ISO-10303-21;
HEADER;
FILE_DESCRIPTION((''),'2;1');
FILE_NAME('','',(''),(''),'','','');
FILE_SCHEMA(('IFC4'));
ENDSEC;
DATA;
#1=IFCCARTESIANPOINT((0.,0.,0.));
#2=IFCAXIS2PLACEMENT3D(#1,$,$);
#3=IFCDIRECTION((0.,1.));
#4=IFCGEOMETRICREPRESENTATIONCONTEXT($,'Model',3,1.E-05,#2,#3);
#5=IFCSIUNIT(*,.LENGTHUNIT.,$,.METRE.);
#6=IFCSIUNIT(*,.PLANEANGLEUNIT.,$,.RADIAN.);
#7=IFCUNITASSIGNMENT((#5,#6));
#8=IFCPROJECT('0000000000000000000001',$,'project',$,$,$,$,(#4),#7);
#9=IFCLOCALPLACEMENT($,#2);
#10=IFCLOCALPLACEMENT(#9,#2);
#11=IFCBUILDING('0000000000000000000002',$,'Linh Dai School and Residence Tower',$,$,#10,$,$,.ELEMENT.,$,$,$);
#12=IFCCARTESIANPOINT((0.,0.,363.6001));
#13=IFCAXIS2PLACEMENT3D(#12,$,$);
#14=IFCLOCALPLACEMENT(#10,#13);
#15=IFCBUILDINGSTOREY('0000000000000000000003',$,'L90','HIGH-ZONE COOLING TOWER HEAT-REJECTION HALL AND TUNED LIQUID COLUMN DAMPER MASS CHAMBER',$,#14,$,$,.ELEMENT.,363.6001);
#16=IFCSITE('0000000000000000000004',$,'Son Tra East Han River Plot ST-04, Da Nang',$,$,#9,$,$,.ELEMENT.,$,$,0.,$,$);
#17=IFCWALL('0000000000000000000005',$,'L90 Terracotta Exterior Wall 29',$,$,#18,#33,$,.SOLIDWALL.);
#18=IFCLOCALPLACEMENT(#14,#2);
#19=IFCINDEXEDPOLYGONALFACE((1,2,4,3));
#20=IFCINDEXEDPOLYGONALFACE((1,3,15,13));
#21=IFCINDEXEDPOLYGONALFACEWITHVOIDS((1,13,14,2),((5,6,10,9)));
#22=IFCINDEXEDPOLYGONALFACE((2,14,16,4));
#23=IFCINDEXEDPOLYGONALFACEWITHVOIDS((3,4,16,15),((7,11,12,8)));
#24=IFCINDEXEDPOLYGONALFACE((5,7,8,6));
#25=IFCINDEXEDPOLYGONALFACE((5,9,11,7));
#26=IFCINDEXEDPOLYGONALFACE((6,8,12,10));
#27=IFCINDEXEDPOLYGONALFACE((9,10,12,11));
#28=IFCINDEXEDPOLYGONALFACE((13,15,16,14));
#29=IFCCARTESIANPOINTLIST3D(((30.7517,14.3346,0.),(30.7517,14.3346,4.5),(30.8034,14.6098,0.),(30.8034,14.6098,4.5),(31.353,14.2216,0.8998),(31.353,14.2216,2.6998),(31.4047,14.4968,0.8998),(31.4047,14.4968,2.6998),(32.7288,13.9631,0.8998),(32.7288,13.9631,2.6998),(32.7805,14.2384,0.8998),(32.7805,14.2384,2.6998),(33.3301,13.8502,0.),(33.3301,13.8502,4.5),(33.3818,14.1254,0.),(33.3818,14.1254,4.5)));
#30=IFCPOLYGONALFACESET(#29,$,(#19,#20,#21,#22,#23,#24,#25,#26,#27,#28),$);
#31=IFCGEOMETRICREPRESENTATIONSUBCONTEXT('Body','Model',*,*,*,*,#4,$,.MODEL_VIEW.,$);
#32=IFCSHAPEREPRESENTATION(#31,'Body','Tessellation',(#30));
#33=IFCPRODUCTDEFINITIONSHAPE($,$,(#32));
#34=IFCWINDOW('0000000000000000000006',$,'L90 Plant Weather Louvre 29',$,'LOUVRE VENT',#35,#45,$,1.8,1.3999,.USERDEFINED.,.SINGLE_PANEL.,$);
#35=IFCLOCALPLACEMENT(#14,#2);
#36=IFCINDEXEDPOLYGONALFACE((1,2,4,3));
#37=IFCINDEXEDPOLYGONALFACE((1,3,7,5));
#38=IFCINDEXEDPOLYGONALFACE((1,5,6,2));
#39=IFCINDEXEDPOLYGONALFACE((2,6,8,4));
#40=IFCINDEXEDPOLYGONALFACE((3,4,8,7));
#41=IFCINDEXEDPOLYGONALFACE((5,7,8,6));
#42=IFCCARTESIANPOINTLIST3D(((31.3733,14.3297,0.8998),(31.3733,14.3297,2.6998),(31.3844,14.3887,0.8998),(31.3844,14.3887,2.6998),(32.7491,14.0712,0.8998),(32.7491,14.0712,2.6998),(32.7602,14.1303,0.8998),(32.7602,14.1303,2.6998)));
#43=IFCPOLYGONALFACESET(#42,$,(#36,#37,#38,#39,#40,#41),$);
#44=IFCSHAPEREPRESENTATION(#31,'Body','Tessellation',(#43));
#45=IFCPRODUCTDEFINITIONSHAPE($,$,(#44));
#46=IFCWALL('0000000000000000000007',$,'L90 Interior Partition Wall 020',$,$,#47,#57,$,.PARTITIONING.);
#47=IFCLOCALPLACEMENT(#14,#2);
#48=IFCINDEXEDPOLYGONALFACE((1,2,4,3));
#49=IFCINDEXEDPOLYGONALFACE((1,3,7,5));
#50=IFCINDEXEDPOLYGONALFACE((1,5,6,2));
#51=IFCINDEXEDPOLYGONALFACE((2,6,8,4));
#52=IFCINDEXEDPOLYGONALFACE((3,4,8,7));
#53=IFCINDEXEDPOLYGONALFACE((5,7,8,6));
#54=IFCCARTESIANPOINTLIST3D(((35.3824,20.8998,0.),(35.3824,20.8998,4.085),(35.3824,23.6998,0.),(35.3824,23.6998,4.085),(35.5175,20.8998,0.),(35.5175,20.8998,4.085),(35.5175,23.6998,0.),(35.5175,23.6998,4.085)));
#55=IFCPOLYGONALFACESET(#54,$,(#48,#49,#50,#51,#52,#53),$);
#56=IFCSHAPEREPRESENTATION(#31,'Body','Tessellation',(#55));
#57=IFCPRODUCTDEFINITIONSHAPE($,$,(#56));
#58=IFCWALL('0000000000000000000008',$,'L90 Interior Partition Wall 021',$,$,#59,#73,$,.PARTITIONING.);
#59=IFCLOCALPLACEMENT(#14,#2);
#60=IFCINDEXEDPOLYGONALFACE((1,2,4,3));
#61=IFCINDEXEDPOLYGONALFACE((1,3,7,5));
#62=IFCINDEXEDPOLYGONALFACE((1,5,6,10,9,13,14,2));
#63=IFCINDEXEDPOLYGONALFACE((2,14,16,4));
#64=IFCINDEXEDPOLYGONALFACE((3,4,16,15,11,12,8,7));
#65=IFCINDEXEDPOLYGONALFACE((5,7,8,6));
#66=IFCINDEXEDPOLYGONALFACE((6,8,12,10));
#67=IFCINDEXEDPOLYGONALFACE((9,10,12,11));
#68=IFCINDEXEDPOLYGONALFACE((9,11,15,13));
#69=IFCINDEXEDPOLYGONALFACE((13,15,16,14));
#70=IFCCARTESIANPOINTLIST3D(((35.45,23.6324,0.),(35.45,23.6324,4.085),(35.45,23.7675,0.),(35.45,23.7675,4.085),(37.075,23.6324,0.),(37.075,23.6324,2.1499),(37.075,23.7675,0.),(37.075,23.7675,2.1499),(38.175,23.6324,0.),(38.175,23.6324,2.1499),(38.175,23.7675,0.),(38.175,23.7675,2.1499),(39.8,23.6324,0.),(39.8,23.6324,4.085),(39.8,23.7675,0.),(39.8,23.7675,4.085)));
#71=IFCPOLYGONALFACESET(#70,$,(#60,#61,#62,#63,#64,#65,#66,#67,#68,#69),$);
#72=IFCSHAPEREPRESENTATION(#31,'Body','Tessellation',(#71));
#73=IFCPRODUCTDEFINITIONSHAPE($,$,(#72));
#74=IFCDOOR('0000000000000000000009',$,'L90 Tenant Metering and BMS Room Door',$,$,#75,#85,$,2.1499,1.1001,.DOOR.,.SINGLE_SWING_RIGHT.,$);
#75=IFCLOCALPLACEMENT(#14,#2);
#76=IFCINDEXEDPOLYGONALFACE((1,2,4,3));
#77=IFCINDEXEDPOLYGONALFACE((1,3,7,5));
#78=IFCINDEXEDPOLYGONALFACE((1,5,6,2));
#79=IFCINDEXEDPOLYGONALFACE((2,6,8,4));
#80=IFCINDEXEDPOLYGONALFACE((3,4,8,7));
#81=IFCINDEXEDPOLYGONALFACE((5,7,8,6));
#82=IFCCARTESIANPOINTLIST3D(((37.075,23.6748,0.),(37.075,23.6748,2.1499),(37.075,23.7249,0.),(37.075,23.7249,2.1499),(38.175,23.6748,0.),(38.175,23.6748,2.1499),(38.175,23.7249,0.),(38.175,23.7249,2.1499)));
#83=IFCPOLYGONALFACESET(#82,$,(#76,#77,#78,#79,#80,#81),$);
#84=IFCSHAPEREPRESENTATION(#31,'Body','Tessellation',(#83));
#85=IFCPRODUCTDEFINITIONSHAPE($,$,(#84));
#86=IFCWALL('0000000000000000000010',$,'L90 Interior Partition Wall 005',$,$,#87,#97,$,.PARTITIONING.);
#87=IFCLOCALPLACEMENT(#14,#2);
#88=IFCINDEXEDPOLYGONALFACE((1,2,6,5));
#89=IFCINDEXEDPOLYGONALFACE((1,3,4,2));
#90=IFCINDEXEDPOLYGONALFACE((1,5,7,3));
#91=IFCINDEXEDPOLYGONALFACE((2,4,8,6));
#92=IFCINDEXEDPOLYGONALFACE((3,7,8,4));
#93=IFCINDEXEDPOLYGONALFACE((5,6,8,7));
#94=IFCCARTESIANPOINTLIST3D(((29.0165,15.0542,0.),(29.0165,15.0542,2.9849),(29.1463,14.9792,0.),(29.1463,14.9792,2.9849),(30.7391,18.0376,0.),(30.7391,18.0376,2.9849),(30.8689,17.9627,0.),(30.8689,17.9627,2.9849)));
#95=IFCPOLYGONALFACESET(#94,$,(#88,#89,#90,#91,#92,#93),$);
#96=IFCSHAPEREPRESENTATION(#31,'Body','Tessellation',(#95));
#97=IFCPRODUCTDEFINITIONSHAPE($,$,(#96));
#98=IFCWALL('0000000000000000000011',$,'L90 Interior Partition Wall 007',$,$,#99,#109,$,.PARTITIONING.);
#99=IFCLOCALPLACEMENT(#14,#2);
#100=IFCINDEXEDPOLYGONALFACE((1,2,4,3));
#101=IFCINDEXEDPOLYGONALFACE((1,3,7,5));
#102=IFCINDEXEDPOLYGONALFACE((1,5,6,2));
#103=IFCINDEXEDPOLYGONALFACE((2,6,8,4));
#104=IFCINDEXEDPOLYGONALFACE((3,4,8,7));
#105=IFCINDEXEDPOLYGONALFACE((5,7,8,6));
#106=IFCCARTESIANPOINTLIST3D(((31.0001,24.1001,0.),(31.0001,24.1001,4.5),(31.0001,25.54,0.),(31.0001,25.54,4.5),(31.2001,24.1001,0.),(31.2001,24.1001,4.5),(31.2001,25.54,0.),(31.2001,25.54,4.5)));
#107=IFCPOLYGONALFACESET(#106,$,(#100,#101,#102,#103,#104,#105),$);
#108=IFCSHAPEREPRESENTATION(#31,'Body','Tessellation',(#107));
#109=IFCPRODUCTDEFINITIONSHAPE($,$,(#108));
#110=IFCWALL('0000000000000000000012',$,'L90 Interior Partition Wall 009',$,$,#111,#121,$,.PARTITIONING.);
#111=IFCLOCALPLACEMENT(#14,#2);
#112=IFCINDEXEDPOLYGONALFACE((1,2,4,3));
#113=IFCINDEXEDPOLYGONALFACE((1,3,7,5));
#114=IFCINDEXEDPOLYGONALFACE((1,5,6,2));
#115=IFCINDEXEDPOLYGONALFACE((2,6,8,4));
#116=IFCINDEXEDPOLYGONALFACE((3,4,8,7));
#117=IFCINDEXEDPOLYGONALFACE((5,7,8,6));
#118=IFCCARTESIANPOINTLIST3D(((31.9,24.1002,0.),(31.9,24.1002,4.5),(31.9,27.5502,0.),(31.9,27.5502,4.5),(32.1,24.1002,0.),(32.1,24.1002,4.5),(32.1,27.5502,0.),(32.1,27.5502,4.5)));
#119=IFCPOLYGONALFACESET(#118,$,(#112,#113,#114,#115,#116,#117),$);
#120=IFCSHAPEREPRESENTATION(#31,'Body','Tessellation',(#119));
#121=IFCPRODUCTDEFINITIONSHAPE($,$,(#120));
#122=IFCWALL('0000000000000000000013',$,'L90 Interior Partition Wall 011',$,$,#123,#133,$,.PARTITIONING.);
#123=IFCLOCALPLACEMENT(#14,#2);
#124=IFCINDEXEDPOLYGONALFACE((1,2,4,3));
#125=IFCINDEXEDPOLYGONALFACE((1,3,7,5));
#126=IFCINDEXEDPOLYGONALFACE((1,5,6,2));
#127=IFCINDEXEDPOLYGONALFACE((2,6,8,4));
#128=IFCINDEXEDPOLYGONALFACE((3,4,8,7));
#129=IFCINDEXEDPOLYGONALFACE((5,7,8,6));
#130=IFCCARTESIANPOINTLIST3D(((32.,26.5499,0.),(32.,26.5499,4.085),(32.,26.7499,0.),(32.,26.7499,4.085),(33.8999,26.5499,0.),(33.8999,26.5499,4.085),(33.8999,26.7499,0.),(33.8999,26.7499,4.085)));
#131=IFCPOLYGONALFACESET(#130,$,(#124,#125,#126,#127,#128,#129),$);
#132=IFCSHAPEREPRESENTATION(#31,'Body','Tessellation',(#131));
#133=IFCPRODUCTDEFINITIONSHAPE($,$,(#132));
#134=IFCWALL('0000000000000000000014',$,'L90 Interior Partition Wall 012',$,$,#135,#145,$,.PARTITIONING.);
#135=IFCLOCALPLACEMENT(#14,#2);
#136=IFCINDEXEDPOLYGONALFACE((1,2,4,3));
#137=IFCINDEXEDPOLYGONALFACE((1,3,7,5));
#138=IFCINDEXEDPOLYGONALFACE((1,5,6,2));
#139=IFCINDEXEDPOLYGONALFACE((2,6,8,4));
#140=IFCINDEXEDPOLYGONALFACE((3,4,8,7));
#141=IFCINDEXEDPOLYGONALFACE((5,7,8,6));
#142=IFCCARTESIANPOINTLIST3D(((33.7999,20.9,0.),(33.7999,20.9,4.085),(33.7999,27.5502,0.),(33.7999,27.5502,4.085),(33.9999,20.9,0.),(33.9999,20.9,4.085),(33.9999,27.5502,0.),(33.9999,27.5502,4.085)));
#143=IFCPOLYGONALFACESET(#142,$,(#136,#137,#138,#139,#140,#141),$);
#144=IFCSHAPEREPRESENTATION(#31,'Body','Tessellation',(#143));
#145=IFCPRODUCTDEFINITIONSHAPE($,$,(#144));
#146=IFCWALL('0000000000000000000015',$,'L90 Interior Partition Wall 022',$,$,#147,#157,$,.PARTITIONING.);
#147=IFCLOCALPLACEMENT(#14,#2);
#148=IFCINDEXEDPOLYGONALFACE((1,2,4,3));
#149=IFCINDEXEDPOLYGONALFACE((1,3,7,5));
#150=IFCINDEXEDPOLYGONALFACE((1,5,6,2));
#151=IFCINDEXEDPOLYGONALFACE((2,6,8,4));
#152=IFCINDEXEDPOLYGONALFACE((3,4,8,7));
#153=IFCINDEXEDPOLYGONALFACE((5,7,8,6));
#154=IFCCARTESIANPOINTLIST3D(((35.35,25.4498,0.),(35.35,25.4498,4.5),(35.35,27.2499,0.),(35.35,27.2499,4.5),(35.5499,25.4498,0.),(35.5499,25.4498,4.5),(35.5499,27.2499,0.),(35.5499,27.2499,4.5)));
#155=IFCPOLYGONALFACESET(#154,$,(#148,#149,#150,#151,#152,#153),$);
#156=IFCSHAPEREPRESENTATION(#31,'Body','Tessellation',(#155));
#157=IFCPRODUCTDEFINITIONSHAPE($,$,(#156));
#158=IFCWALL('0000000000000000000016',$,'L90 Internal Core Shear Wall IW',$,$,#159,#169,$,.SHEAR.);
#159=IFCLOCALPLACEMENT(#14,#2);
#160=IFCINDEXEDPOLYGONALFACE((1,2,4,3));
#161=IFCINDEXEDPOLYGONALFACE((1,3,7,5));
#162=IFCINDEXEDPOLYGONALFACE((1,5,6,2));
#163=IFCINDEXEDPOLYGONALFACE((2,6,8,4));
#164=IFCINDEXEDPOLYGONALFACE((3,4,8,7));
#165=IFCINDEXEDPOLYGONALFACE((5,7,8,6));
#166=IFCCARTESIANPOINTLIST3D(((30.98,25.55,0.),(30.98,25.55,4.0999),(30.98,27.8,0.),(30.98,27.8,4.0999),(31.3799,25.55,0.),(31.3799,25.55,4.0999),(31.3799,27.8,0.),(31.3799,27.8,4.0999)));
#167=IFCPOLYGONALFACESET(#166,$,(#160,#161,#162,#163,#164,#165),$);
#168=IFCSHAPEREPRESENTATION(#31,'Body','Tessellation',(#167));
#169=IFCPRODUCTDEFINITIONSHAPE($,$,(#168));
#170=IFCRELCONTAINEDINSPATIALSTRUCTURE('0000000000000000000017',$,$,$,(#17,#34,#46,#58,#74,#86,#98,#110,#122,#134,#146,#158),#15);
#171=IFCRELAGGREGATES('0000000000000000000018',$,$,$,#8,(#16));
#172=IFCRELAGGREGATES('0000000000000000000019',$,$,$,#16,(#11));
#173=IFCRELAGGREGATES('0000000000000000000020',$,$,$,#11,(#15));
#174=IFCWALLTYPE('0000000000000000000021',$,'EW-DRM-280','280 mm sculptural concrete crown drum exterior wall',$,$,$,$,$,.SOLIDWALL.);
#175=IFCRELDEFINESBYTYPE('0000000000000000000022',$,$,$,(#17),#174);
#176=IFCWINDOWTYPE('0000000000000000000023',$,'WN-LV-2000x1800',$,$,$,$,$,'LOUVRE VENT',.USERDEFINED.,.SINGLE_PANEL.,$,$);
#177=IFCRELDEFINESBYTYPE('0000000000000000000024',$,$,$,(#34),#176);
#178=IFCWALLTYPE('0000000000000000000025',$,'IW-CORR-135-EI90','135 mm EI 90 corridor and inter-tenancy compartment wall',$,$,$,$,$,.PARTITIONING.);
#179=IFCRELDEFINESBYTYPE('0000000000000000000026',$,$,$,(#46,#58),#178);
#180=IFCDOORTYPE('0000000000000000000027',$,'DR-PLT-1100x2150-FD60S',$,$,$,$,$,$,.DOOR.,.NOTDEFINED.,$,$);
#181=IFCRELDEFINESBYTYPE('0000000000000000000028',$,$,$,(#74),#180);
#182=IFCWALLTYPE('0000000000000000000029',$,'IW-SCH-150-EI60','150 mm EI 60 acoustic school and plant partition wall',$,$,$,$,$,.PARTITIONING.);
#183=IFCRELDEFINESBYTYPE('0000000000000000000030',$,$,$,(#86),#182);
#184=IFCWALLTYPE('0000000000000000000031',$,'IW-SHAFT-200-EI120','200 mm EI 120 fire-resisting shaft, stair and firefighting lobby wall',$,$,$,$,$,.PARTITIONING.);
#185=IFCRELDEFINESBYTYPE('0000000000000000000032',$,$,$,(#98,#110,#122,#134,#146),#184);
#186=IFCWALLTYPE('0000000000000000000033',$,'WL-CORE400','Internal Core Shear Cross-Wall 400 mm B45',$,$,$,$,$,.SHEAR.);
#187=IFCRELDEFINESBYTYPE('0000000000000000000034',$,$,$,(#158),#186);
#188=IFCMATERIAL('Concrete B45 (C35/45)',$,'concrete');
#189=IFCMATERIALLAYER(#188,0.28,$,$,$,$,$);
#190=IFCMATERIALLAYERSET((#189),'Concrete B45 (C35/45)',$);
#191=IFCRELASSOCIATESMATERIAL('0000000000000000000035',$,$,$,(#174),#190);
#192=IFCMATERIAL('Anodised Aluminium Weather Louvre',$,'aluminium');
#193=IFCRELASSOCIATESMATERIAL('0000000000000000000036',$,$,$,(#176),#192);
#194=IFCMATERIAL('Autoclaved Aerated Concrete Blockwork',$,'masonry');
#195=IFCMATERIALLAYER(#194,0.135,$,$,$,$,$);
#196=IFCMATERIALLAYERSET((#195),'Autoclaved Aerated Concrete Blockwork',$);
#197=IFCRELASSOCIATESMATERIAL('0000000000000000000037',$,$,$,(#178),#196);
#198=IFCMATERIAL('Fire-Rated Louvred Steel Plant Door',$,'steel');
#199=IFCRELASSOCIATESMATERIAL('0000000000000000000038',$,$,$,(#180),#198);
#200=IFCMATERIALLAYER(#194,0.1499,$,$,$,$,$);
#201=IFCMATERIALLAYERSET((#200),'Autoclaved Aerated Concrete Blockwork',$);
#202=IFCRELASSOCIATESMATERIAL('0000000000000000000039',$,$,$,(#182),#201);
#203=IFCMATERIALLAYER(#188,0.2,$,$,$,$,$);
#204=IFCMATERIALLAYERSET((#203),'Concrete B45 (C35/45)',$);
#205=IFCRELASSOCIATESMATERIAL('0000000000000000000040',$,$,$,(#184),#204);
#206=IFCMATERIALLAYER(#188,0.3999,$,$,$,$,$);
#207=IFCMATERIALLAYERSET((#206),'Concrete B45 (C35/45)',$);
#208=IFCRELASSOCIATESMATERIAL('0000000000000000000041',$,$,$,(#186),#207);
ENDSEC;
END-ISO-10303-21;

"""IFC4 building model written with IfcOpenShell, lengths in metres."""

from ifc_helpers import new_model, si_unit, direction, frame, frame_2d, origin, origin_2d, place, context, subcontext, project, spatial, rectangle, extrude, source, transform, mapped, material, layer, layer_set, type_object, element, fill, save


model = new_model("IFC4")

# Units and contexts
model_context = context("Model", 3, precision=1e-05, world=origin(), true_north=direction((0.0, 1.0)))
body_context = subcontext(model_context, "Body", "Model", "MODEL_VIEW")
ifc_project = project(units=[si_unit("LENGTHUNIT", "METRE"), si_unit("PLANEANGLEUNIT", "RADIAN")], contexts=[model_context])

# Site, building, storey
site_placement = place(None, origin())
site = spatial("IfcSite", under=ifc_project, at=site_placement, Name="Son Tra East Han River Plot ST-04, Da Nang", CompositionType="ELEMENT", RefElevation=0.0)
building_placement = place(site_placement, origin())
building = spatial("IfcBuilding", under=site, at=building_placement, Name="Linh Dai School and Residence Tower", CompositionType="ELEMENT")
storey_placement = place(building_placement, frame((0.0, 0.0, 363.6001)))
storey = spatial("IfcBuildingStorey", under=building, at=storey_placement, Name="L90", Description="HIGH-ZONE COOLING TOWER HEAT-REJECTION HALL AND TUNED LIQUID COLUMN DAMPER MASS CHAMBER", CompositionType="ELEMENT", Elevation=363.6001)

# Shared definitions
ifc_material_1 = material(Name="Concrete B45 (C35/45)", Category="concrete")
ifc_layer_1 = layer(ifc_material_1, 0.28)
ifc_layer_set_1 = layer_set([ifc_layer_1], Name="Concrete B45 (C35/45)")
wall_type_1 = type_object("IfcWallType", Name="EW-DRM-280", Description="280 mm sculptural concrete crown drum exterior wall", PredefinedType="SOLIDWALL", material=ifc_layer_set_1)

# Wall, opening, window
wall_1_placement = place(storey_placement, frame((33.356, 13.9878, 0.0), z_axis=(0.0, 0.0, 1.0), x_axis=(-0.982808, 0.184631, 0.0)))
wall_1 = element("IfcWall", 1, at=wall_1_placement, inside=storey, type_object=wall_type_1, Name="L90 Terracotta Exterior Wall 29", PredefinedType="SOLIDWALL", context=body_context, shape_type="SweptSolid", body=[
    extrude(rectangle(XDim=2.6235, YDim=0.28, at=frame_2d((1.3118, 0.0))), origin(), (0.0, 0.0, 1.0), 4.5),
])
opening_1_placement = place(wall_1_placement, frame((0.6118, 0.0, 0.8999)))
opening_1 = element("IfcOpeningElement", 2, at=opening_1_placement, cuts=wall_1, PredefinedType="OPENING", context=body_context, shape_type="SweptSolid", body=[
    extrude(rectangle(XDim=1.3999, YDim=1.8, at=origin_2d()), frame((0.7, 0.1499, 0.8999), z_axis=(0.0, -1.0, 0.0), x_axis=(1.0, 0.0, 0.0)), (0.0, 0.0, 1.0), 0.3),
])
ifc_material_2 = material(Name="Anodised Aluminium Weather Louvre", Category="aluminium")
window_type = type_object("IfcWindowType", Name="WN-LV-2000x1800", ElementType="LOUVRE VENT", PartitioningType="SINGLE_PANEL", PredefinedType="USERDEFINED", material=ifc_material_2)
shared_shape_1 = source(origin(), body_context, "Body", "SweptSolid", [
    extrude(rectangle(XDim=1.3999, YDim=1.8, at=origin_2d()), frame((0.7, 0.03, 0.8999), z_axis=(0.0, -1.0, 0.0), x_axis=(1.0, 0.0, 0.0)), (0.0, 0.0, 1.0), 0.0601),
])
window_placement = place(opening_1_placement, origin())
window = element("IfcWindow", 3, at=window_placement, inside=storey, type_object=window_type, Name="L90 Plant Weather Louvre 29", ObjectType="LOUVRE VENT", OverallHeight=1.8, OverallWidth=1.3999, PartitioningType="SINGLE_PANEL", PredefinedType="USERDEFINED", context=body_context, shape_type="MappedRepresentation", body=[
    mapped(shared_shape_1, transform((0.0, 0.0, 0.0), x_axis=(1.0, 0.0, 0.0), y_axis=(0.0, 1.0, 0.0), z_axis=(0.0, 0.0, 1.0), scale=1.0)),
])
fill(opening_1, window)

# Wall
ifc_material_3 = material(Name="Autoclaved Aerated Concrete Blockwork", Category="masonry")
ifc_layer_2 = layer(ifc_material_3, 0.135)
ifc_layer_set_2 = layer_set([ifc_layer_2], Name="Autoclaved Aerated Concrete Blockwork")
wall_type_2 = type_object("IfcWallType", Name="IW-CORR-135-EI90", Description="135 mm EI 90 corridor and inter-tenancy compartment wall", PredefinedType="PARTITIONING", material=ifc_layer_set_2)
wall_2_placement = place(storey_placement, frame((35.45, 20.8999, 0.0), z_axis=(0.0, 0.0, 1.0), x_axis=(0.0, 1.0, 0.0)))
element("IfcWall", 4, at=wall_2_placement, inside=storey, type_object=wall_type_2, Name="L90 Interior Partition Wall 020", PredefinedType="PARTITIONING", context=body_context, shape_type="SweptSolid", body=[
    extrude(rectangle(XDim=2.8, YDim=0.135, at=frame_2d((1.3999, 0.0))), origin(), (0.0, 0.0, 1.0), 4.085),
])

# Wall, opening, door
wall_3_placement = place(storey_placement, frame((35.45, 23.7, 0.0), z_axis=(0.0, 0.0, 1.0), x_axis=(1.0, 0.0, 0.0)))
wall_3 = element("IfcWall", 5, at=wall_3_placement, inside=storey, type_object=wall_type_2, Name="L90 Interior Partition Wall 021", PredefinedType="PARTITIONING", context=body_context, shape_type="SweptSolid", body=[
    extrude(rectangle(XDim=4.3501, YDim=0.135, at=frame_2d((2.175, 0.0))), origin(), (0.0, 0.0, 1.0), 4.085),
])
opening_2_placement = place(wall_3_placement, frame((1.625, 0.0, 0.0)))
opening_2 = element("IfcOpeningElement", 6, at=opening_2_placement, cuts=wall_3, PredefinedType="OPENING", context=body_context, shape_type="SweptSolid", body=[
    extrude(rectangle(XDim=1.1001, YDim=2.1499, at=origin_2d()), frame((0.55, 0.0776, 1.075), z_axis=(0.0, -1.0, 0.0), x_axis=(1.0, 0.0, 0.0)), (0.0, 0.0, 1.0), 0.155),
])
ifc_material_4 = material(Name="Fire-Rated Louvred Steel Plant Door", Category="steel")
door_type_1 = type_object("IfcDoorType", Name="DR-PLT-1100x2150-FD60S", OperationType="NOTDEFINED", PredefinedType="DOOR", material=ifc_material_4)
shared_shape_2 = source(origin(), body_context, "Body", "SweptSolid", [
    extrude(rectangle(XDim=1.1001, YDim=2.1499, at=origin_2d()), frame((0.55, 0.0249, 1.075), z_axis=(0.0, -1.0, 0.0), x_axis=(1.0, 0.0, 0.0)), (0.0, 0.0, 1.0), 0.05),
])
door_1_placement = place(opening_2_placement, origin())
door_1 = element("IfcDoor", 7, at=door_1_placement, inside=storey, type_object=door_type_1, Name="L90 Tenant Metering and BMS Room Door", OperationType="SINGLE_SWING_RIGHT", OverallHeight=2.1499, OverallWidth=1.1001, PredefinedType="DOOR", context=body_context, shape_type="MappedRepresentation", body=[
    mapped(shared_shape_2, transform((0.0, 0.0, 0.0), x_axis=(1.0, 0.0, 0.0), y_axis=(0.0, 1.0, 0.0), z_axis=(0.0, 0.0, 1.0), scale=1.0)),
])
fill(opening_2, door_1)

# Wall
ifc_layer_3 = layer(ifc_material_3, 0.1499)
ifc_layer_set_3 = layer_set([ifc_layer_3], Name="Autoclaved Aerated Concrete Blockwork")
wall_type_3 = type_object("IfcWallType", Name="IW-SCH-150-EI60", Description="150 mm EI 60 acoustic school and plant partition wall", PredefinedType="PARTITIONING", material=ifc_layer_set_3)
wall_4_placement = place(storey_placement, frame((29.0813, 15.0166, 0.0), z_axis=(0.0, 0.0, 1.0), x_axis=(0.500041, 0.866001, 0.0)))
element("IfcWall", 8, at=wall_4_placement, inside=storey, type_object=wall_type_3, Name="L90 Interior Partition Wall 005", PredefinedType="PARTITIONING", context=body_context, shape_type="SweptSolid", body=[
    extrude(rectangle(XDim=3.4451, YDim=0.1499, at=frame_2d((1.7227, 0.0))), origin(), (0.0, 0.0, 1.0), 2.9849),
])

# Shared definitions
ifc_layer_4 = layer(ifc_material_1, 0.2)
ifc_layer_set_4 = layer_set([ifc_layer_4], Name="Concrete B45 (C35/45)")
wall_type_4 = type_object("IfcWallType", Name="IW-SHAFT-200-EI120", Description="200 mm EI 120 fire-resisting shaft, stair and firefighting lobby wall", PredefinedType="PARTITIONING", material=ifc_layer_set_4)

# Walls
wall_5_placement = place(storey_placement, frame((31.1001, 24.1001, 0.0), z_axis=(0.0, 0.0, 1.0), x_axis=(0.0, 1.0, 0.0)))
element("IfcWall", 9, at=wall_5_placement, inside=storey, type_object=wall_type_4, Name="L90 Interior Partition Wall 007", PredefinedType="PARTITIONING", context=body_context, shape_type="SweptSolid", body=[
    extrude(rectangle(XDim=1.4399, YDim=0.2, at=frame_2d((0.72, 0.0))), origin(), (0.0, 0.0, 1.0), 4.5),
])
wall_6_placement = place(storey_placement, frame((32.0, 24.1001, 0.0), z_axis=(0.0, 0.0, 1.0), x_axis=(0.0, 1.0, 0.0)))
element("IfcWall", 10, at=wall_6_placement, inside=storey, type_object=wall_type_4, Name="L90 Interior Partition Wall 009", PredefinedType="PARTITIONING", context=body_context, shape_type="SweptSolid", body=[
    extrude(rectangle(XDim=3.45, YDim=0.2, at=frame_2d((1.7251, 0.0))), origin(), (0.0, 0.0, 1.0), 4.5),
])

# Walls
wall_7_placement = place(storey_placement, frame((32.0, 26.6499, 0.0), z_axis=(0.0, 0.0, 1.0), x_axis=(1.0, 0.0, 0.0)))
element("IfcWall", 11, at=wall_7_placement, inside=storey, type_object=wall_type_4, Name="L90 Interior Partition Wall 011", PredefinedType="PARTITIONING", context=body_context, shape_type="SweptSolid", body=[
    extrude(rectangle(XDim=1.8999, YDim=0.2, at=frame_2d((0.95, 0.0))), origin(), (0.0, 0.0, 1.0), 4.085),
])
wall_8_placement = place(storey_placement, frame((33.8999, 20.8999, 0.0), z_axis=(0.0, 0.0, 1.0), x_axis=(0.0, 1.0, 0.0)))
element("IfcWall", 12, at=wall_8_placement, inside=storey, type_object=wall_type_4, Name="L90 Interior Partition Wall 012", PredefinedType="PARTITIONING", context=body_context, shape_type="SweptSolid", body=[
    extrude(rectangle(XDim=6.6501, YDim=0.2, at=frame_2d((3.3252, 0.0))), origin(), (0.0, 0.0, 1.0), 4.085),
])
wall_9_placement = place(storey_placement, frame((35.45, 25.45, 0.0), z_axis=(0.0, 0.0, 1.0), x_axis=(0.0, 1.0, 0.0)))
element("IfcWall", 13, at=wall_9_placement, inside=storey, type_object=wall_type_4, Name="L90 Interior Partition Wall 022", PredefinedType="PARTITIONING", context=body_context, shape_type="SweptSolid", body=[
    extrude(rectangle(XDim=1.8, YDim=0.2, at=frame_2d((0.8999, 0.0))), origin(), (0.0, 0.0, 1.0), 4.5),
])
ifc_layer_5 = layer(ifc_material_1, 0.3999)
ifc_layer_set_5 = layer_set([ifc_layer_5], Name="Concrete B45 (C35/45)")
wall_type_5 = type_object("IfcWallType", Name="WL-CORE400", Description="Internal Core Shear Cross-Wall 400 mm B45", PredefinedType="SHEAR", material=ifc_layer_set_5)
wall_10_placement = place(storey_placement, frame((31.1799, 25.55, 0.0), z_axis=(0.0, 0.0, 1.0), x_axis=(0.0, 1.0, 0.0)))
element("IfcWall", 14, at=wall_10_placement, inside=storey, type_object=wall_type_5, Name="L90 Internal Core Shear Wall IW", PredefinedType="SHEAR", context=body_context, shape_type="SweptSolid", body=[
    extrude(rectangle(XDim=2.25, YDim=0.3999, at=frame_2d((1.125, 0.0))), origin(), (0.0, 0.0, 1.0), 4.0999),
])

save(model, "model.ifc")
